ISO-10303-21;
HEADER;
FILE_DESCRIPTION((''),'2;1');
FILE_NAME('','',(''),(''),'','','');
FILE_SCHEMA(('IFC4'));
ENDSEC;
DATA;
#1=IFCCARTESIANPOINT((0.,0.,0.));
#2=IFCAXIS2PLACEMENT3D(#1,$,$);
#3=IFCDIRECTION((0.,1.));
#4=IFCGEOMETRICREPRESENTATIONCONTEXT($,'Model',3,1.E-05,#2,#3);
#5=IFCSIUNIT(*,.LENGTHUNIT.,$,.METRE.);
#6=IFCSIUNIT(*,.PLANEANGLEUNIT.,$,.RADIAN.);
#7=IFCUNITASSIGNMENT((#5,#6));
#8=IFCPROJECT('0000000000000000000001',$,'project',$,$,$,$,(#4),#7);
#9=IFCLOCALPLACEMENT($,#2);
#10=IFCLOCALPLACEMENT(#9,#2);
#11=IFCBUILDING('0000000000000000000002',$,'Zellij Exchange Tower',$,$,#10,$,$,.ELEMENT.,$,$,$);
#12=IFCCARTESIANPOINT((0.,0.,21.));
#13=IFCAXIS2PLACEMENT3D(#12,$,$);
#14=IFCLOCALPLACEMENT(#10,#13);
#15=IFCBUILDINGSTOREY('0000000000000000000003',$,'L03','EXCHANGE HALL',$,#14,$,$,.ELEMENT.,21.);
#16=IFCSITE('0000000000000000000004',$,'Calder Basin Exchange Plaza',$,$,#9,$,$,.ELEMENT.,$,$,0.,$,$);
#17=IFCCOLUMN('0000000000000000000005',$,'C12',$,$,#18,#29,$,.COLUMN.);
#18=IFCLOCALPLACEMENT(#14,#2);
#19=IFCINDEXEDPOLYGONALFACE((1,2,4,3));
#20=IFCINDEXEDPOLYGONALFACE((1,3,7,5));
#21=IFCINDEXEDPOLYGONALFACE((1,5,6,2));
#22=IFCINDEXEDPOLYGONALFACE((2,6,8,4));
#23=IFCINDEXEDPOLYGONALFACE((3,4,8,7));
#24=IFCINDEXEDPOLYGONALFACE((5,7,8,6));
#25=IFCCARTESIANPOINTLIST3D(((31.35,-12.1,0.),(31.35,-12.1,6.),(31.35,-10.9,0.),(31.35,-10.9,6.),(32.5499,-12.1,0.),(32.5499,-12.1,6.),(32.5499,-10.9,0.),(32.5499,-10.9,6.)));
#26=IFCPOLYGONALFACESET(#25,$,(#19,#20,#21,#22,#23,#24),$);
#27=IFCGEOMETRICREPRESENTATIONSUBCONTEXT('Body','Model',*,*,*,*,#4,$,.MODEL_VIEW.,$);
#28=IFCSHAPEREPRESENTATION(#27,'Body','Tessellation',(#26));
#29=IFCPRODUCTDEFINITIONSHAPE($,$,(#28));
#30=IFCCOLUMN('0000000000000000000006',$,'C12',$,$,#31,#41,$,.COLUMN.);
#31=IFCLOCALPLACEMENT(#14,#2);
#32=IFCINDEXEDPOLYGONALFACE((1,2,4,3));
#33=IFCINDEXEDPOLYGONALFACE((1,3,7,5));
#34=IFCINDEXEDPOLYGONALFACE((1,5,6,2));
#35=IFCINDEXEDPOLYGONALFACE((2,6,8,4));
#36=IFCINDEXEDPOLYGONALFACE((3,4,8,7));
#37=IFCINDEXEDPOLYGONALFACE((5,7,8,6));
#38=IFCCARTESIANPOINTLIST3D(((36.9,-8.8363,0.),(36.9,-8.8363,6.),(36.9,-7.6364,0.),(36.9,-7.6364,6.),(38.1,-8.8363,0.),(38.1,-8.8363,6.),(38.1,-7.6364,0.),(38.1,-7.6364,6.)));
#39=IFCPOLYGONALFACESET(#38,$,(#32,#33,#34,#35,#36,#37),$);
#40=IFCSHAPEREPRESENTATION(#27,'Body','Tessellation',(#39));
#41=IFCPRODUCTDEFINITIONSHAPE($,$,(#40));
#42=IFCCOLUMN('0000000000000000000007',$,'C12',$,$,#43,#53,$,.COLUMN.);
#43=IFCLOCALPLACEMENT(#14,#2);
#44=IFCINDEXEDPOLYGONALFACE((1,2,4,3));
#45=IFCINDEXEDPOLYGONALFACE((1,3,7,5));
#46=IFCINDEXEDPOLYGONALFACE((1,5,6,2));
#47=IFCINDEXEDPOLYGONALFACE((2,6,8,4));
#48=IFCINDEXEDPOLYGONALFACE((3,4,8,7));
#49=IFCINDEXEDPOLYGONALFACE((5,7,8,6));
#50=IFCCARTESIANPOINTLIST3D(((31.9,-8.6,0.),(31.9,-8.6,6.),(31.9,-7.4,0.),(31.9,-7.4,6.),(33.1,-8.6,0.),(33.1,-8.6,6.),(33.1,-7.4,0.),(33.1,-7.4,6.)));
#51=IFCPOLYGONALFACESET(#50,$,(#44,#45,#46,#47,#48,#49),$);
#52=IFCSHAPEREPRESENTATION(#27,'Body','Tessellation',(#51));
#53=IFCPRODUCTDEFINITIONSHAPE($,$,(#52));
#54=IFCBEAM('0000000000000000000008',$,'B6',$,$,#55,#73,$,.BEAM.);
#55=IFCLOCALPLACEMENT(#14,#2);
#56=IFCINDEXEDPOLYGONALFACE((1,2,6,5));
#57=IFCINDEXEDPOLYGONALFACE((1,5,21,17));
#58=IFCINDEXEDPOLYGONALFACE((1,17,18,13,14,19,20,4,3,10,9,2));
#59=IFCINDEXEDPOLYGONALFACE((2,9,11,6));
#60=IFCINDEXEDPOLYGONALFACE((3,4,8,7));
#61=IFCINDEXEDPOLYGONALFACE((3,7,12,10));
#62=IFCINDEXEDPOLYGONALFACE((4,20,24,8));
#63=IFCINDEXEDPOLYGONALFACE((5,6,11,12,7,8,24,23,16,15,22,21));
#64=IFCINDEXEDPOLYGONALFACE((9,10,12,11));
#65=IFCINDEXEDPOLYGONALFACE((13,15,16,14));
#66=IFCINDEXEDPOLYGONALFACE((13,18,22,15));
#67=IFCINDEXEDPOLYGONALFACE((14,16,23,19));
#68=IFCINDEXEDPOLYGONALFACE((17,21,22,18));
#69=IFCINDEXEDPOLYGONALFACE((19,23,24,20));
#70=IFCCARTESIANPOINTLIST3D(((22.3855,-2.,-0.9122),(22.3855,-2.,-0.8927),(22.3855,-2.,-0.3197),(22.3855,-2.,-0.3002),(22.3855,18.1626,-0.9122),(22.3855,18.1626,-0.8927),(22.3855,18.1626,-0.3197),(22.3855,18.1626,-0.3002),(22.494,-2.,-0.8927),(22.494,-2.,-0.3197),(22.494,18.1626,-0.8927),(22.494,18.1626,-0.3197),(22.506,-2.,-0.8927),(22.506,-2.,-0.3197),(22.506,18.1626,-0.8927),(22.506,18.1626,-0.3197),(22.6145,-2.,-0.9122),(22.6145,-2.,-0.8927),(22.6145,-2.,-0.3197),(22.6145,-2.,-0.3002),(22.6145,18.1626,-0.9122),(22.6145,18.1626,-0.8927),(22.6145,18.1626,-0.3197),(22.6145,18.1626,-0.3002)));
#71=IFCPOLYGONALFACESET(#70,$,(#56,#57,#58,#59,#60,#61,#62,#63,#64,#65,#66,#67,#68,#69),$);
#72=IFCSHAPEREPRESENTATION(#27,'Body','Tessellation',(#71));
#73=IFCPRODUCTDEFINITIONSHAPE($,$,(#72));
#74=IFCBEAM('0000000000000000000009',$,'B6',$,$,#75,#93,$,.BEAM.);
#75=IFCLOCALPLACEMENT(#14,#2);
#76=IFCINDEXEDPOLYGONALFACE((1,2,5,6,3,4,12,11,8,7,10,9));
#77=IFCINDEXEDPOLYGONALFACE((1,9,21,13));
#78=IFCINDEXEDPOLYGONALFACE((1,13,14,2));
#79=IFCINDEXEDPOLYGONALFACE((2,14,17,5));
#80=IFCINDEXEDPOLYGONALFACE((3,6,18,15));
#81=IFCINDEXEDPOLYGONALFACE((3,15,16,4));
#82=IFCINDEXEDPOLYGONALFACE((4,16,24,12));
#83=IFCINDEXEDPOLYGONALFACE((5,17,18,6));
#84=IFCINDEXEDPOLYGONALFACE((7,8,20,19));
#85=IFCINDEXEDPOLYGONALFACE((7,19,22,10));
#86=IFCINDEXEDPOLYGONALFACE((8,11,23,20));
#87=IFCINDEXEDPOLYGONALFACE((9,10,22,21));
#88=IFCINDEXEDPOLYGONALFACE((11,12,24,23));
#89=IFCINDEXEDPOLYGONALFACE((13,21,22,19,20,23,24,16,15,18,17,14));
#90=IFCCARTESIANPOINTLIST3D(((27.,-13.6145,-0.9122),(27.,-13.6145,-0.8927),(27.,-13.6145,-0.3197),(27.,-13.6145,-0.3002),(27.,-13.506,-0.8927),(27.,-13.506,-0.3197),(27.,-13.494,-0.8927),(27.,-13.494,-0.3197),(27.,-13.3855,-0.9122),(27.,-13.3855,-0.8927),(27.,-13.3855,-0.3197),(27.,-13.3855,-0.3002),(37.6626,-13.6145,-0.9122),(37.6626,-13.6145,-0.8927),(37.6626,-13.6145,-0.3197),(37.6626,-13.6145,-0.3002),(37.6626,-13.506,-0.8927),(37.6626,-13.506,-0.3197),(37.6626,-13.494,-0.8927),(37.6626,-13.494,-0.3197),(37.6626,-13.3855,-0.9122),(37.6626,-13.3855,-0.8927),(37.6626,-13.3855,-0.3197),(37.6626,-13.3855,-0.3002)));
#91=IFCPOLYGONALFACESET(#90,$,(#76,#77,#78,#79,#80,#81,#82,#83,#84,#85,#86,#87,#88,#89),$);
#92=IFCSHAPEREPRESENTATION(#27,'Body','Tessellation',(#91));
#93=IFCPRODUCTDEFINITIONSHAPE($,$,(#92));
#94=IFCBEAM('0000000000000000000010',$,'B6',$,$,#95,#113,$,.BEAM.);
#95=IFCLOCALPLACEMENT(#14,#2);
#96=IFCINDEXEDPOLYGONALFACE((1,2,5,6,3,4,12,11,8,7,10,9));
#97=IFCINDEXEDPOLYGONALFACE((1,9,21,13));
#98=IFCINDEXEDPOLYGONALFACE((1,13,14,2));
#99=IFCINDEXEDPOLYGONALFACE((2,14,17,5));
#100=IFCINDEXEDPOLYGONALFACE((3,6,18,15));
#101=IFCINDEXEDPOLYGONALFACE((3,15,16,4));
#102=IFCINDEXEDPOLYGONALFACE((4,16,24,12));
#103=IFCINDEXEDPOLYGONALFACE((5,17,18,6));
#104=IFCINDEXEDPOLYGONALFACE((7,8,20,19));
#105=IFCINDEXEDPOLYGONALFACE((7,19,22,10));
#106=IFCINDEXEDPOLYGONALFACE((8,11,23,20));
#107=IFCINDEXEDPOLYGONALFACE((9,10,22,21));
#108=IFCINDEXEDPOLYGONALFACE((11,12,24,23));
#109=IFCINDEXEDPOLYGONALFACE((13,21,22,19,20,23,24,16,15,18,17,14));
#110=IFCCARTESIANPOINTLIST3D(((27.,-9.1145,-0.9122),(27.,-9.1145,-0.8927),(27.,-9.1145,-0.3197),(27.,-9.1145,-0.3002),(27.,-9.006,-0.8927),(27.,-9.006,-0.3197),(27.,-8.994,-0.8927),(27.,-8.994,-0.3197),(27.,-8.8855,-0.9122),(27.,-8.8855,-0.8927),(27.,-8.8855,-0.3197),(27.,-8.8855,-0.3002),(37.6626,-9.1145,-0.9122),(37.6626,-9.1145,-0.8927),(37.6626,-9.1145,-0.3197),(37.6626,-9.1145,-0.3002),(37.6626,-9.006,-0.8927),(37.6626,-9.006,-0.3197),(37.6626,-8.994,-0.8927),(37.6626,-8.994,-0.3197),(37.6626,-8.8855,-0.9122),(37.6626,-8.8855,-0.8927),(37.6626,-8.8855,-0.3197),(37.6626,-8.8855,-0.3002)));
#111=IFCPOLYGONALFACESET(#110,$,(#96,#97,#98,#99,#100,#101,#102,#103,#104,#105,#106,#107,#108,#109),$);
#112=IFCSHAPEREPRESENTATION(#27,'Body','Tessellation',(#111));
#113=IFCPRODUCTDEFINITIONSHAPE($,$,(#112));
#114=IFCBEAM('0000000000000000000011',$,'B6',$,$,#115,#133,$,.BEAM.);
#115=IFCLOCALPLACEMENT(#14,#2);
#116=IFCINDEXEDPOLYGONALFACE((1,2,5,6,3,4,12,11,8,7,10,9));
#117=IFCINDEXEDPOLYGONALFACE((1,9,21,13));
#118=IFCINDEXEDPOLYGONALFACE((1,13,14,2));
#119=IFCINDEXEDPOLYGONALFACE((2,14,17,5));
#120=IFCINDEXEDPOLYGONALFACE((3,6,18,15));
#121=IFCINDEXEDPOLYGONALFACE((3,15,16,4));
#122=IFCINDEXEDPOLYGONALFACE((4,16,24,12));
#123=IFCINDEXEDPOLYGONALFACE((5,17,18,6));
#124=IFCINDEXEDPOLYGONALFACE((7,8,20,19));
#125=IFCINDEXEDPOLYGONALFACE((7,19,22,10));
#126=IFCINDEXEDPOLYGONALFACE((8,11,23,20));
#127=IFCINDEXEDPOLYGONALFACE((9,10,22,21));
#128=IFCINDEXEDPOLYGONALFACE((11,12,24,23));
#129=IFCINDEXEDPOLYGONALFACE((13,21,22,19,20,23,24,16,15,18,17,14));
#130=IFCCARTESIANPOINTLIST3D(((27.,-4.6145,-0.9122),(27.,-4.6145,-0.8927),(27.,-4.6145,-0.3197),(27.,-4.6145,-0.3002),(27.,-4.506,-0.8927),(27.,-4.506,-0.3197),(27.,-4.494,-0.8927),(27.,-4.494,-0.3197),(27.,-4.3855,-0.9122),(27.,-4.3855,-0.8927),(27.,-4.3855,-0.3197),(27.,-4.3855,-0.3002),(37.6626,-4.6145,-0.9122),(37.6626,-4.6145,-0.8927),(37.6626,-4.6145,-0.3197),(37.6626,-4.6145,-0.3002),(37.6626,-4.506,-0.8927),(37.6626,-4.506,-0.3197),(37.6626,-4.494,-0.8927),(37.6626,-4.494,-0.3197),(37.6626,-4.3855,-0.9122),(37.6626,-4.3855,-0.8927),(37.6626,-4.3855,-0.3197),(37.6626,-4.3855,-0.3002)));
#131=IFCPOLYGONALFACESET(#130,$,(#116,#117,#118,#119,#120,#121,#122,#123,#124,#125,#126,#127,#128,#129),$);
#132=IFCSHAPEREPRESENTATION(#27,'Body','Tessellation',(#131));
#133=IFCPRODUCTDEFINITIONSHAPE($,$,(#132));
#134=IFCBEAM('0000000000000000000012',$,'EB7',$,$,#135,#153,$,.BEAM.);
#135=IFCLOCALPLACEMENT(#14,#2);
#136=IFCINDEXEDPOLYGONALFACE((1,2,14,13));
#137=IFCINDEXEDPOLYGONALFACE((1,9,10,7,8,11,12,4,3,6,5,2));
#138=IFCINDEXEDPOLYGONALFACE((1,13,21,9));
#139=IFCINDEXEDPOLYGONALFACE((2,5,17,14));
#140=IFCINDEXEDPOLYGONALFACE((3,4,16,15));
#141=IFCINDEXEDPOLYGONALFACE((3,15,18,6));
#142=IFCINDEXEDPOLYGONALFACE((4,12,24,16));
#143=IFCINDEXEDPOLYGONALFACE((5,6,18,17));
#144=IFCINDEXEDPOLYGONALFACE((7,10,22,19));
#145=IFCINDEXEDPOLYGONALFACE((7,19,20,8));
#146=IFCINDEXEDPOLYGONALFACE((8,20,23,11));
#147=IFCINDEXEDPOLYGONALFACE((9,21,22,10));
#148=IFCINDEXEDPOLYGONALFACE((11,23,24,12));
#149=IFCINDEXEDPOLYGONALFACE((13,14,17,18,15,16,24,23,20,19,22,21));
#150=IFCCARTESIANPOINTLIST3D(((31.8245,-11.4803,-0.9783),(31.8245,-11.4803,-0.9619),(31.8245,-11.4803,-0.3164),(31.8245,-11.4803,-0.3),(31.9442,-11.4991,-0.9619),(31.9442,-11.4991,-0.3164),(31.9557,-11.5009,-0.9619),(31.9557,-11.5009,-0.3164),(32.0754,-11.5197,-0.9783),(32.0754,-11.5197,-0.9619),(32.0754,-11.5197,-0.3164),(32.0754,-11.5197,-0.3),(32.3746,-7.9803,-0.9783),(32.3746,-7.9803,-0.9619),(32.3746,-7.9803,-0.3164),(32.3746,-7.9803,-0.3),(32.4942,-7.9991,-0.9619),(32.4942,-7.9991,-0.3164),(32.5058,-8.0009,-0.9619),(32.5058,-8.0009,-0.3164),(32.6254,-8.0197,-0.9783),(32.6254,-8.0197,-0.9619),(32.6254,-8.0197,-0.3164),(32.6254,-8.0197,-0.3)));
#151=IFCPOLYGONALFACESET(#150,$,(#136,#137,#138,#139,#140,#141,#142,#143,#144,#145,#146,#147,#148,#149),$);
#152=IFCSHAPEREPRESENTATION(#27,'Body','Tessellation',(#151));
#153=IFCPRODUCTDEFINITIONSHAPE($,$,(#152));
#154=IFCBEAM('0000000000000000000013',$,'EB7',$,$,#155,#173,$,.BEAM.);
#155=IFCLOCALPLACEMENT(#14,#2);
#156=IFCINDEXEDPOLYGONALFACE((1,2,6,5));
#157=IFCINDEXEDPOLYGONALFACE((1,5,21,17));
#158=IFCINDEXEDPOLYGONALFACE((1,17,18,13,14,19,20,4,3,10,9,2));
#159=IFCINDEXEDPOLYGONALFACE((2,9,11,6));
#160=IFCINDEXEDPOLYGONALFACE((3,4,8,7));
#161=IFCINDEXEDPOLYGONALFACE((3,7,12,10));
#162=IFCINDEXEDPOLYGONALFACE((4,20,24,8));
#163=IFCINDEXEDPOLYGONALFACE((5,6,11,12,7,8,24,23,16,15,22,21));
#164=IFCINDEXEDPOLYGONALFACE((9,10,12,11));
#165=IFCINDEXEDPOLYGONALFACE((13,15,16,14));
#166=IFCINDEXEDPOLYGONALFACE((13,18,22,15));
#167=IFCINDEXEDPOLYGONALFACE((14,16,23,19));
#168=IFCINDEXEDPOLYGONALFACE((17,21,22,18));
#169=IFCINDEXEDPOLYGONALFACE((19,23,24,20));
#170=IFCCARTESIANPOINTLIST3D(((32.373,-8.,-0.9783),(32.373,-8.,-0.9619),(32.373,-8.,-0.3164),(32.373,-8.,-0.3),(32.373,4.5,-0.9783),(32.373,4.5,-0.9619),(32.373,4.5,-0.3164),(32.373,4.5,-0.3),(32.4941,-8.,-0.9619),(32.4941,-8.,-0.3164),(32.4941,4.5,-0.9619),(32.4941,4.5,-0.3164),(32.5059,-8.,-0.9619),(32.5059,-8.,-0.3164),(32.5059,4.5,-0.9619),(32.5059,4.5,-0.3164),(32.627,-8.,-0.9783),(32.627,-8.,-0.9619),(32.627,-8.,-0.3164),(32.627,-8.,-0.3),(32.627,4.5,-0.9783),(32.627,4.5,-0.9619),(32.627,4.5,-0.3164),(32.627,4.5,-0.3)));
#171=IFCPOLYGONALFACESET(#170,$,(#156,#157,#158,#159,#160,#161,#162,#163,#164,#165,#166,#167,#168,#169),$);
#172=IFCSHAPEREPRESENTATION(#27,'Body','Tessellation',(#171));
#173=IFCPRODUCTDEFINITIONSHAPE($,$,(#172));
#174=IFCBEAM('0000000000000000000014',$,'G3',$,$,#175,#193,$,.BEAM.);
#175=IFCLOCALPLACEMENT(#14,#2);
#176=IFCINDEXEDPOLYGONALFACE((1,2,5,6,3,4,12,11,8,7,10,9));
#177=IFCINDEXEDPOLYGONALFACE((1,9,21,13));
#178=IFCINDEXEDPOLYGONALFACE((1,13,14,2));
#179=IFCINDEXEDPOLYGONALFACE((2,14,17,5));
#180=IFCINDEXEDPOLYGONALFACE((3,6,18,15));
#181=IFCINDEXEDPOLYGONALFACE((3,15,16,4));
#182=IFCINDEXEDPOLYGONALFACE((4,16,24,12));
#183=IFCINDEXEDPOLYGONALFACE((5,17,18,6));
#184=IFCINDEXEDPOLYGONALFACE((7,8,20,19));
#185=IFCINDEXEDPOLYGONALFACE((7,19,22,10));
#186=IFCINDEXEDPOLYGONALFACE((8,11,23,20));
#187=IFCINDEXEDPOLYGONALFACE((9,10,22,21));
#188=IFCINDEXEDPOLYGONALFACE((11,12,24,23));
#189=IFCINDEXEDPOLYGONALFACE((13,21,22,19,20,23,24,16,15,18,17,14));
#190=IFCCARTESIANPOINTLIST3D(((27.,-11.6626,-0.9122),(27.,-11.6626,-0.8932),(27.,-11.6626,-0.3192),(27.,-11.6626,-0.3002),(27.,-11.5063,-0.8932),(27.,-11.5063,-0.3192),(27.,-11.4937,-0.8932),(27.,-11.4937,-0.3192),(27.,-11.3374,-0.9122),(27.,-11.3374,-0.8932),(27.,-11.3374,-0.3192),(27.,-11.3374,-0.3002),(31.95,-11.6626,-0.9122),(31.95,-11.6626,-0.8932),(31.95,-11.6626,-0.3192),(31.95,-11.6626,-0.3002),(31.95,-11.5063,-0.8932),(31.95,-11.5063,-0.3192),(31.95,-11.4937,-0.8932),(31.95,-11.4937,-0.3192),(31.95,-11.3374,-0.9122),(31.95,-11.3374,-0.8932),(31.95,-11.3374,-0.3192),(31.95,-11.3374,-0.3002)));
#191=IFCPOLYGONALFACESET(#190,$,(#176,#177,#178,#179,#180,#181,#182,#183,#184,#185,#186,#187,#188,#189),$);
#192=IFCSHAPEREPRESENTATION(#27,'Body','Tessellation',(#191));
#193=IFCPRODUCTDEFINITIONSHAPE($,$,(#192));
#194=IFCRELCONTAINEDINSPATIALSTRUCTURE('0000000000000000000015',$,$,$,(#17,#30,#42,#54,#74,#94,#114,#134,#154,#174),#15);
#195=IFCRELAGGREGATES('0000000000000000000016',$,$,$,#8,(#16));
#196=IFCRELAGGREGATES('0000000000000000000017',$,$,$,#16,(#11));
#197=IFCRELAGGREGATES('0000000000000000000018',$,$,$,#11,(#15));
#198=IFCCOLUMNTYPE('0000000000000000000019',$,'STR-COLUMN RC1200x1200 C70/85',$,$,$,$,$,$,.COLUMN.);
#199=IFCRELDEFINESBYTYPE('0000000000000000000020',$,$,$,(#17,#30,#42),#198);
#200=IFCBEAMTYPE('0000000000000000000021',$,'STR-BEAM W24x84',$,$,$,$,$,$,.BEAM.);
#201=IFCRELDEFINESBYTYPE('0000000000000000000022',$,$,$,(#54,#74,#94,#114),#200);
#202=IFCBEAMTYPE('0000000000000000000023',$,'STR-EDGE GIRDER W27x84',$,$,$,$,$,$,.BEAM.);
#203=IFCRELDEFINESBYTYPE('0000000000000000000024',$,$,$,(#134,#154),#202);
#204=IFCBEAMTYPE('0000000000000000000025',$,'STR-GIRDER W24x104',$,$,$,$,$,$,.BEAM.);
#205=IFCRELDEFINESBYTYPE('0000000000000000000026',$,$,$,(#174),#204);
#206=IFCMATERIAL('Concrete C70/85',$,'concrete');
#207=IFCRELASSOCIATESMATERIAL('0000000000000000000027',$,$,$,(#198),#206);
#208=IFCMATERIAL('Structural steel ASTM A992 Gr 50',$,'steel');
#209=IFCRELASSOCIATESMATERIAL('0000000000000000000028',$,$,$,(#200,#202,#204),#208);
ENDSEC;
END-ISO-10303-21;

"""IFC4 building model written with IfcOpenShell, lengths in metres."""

from ifc_helpers import new_model, si_unit, direction, frame, origin, origin_2d, place, context, subcontext, project, spatial, rectangle, i_section, extrude, material, material_profile, profile_set, type_object, element, save


model = new_model("IFC4")

# Units and contexts
model_context = context("Model", 3, precision=1e-05, world=origin(), true_north=direction((0.0, 1.0)))
body_context = subcontext(model_context, "Body", "Model", "MODEL_VIEW")
ifc_project = project(units=[si_unit("LENGTHUNIT", "METRE"), si_unit("PLANEANGLEUNIT", "RADIAN")], contexts=[model_context])

# Site, building, storey
site_placement = place(None, origin())
site = spatial("IfcSite", under=ifc_project, at=site_placement, Name="Calder Basin Exchange Plaza", CompositionType="ELEMENT", RefElevation=0.0)
building_placement = place(site_placement, origin())
building = spatial("IfcBuilding", under=site, at=building_placement, Name="Zellij Exchange Tower", CompositionType="ELEMENT")
storey_placement = place(building_placement, frame((0.0, 0.0, 21.0)))
storey = spatial("IfcBuildingStorey", under=building, at=storey_placement, Name="L03", Description="EXCHANGE HALL", CompositionType="ELEMENT", Elevation=21.0)

# Columns
ifc_material_1 = material(Name="Concrete C70/85", Category="concrete")
ifc_material_profile_1 = material_profile(ifc_material_1, rectangle(XDim=1.2, YDim=1.2, at=origin_2d()), Name="STR-COLUMN RC1200x1200 C70/85")
ifc_profile_set_1 = profile_set([ifc_material_profile_1], Name="Concrete C70/85")
column_type = type_object("IfcColumnType", Name="STR-COLUMN RC1200x1200 C70/85", PredefinedType="COLUMN", material=ifc_profile_set_1)
for number, where, z_axis, x_axis, name in (
    (1, (31.95, -11.5, 0.0), (0.0, 0.0, 1.0), (1.0, 0.0, 0.0), "C12"),
    (2, (37.5, -8.2363, 0.0), (0.0, 0.0, 1.0), (1.0, 0.0, 0.0), "C12"),
    (3, (32.5, -8.0, 0.0), (0.0, 0.0, 1.0), (1.0, 0.0, 0.0), "C12"),
):
    element("IfcColumn", number, at=place(storey_placement, frame(where, z_axis=z_axis, x_axis=x_axis)), inside=storey, type_object=column_type, Name=name, PredefinedType="COLUMN", context=body_context, shape_type="SweptSolid", body=[
        extrude(rectangle(XDim=1.2, YDim=1.2, at=origin_2d()), origin(), (0.0, 0.0, 1.0), 6.0),
    ])

# Beams
ifc_material_2 = material(Name="Structural steel ASTM A992 Gr 50", Category="steel")
ifc_material_profile_2 = material_profile(ifc_material_2, i_section(OverallWidth=0.229, OverallDepth=0.6121, WebThickness=0.012, FlangeThickness=0.0195, at=origin_2d()), Name="W24x84")
ifc_profile_set_2 = profile_set([ifc_material_profile_2], Name="Structural steel ASTM A992 Gr 50")
beam_type_1 = type_object("IfcBeamType", Name="STR-BEAM W24x84", PredefinedType="BEAM", material=ifc_profile_set_2)
beam_1_placement = place(storey_placement, frame((22.5, -2.0, -0.6062), z_axis=(0.0, 1.0, 0.0), x_axis=(-1.0, 0.0, 0.0)))
element("IfcBeam", 4, at=beam_1_placement, inside=storey, type_object=beam_type_1, Name="B6", PredefinedType="BEAM", context=body_context, shape_type="SweptSolid", body=[
    extrude(i_section(OverallWidth=0.229, OverallDepth=0.6121, WebThickness=0.012, FlangeThickness=0.0195, at=origin_2d()), origin(), (0.0, 0.0, 1.0), 20.1626),
])
for number, where, z_axis, x_axis, name in (
    (5, (27.0, -13.5, -0.6062), (1.0, 0.0, 0.0), (0.0, 1.0, 0.0), "B6"),
    (6, (27.0, -9.0, -0.6062), (1.0, 0.0, 0.0), (0.0, 1.0, 0.0), "B6"),
    (7, (27.0, -4.5, -0.6062), (1.0, 0.0, 0.0), (0.0, 1.0, 0.0), "B6"),
):
    element("IfcBeam", number, at=place(storey_placement, frame(where, z_axis=z_axis, x_axis=x_axis)), inside=storey, type_object=beam_type_1, Name=name, PredefinedType="BEAM", context=body_context, shape_type="SweptSolid", body=[
        extrude(i_section(OverallWidth=0.229, OverallDepth=0.6121, WebThickness=0.012, FlangeThickness=0.0195, at=origin_2d()), origin(), (0.0, 0.0, 1.0), 10.6626),
    ])
ifc_material_profile_3 = material_profile(ifc_material_2, i_section(OverallWidth=0.2539, OverallDepth=0.6782, WebThickness=0.0117, FlangeThickness=0.0164, at=origin_2d()), Name="W27x84")
ifc_profile_set_3 = profile_set([ifc_material_profile_3], Name="Structural steel ASTM A992 Gr 50")
beam_type_2 = type_object("IfcBeamType", Name="STR-EDGE GIRDER W27x84", PredefinedType="BEAM", material=ifc_profile_set_3)
beam_2_placement = place(storey_placement, frame((31.95, -11.5, -0.6392), z_axis=(0.155251, 0.987875, 0.0), x_axis=(-0.987875, 0.155251, 0.0)))
element("IfcBeam", 8, at=beam_2_placement, inside=storey, type_object=beam_type_2, Name="EB7", PredefinedType="BEAM", context=body_context, shape_type="SweptSolid", body=[
    extrude(i_section(OverallWidth=0.2539, OverallDepth=0.6782, WebThickness=0.0117, FlangeThickness=0.0164, at=origin_2d()), origin(), (0.0, 0.0, 1.0), 3.543),
])
beam_3_placement = place(storey_placement, frame((32.5, -8.0, -0.6392), z_axis=(0.0, 1.0, 0.0), x_axis=(-1.0, 0.0, 0.0)))
element("IfcBeam", 9, at=beam_3_placement, inside=storey, type_object=beam_type_2, Name="EB7", PredefinedType="BEAM", context=body_context, shape_type="SweptSolid", body=[
    extrude(i_section(OverallWidth=0.2539, OverallDepth=0.6782, WebThickness=0.0117, FlangeThickness=0.0164, at=origin_2d()), origin(), (0.0, 0.0, 1.0), 12.5),
])
ifc_material_profile_4 = material_profile(ifc_material_2, i_section(OverallWidth=0.3252, OverallDepth=0.6121, WebThickness=0.0127, FlangeThickness=0.019, at=origin_2d()), Name="W24x104")
ifc_profile_set_4 = profile_set([ifc_material_profile_4], Name="Structural steel ASTM A992 Gr 50")
beam_type_3 = type_object("IfcBeamType", Name="STR-GIRDER W24x104", PredefinedType="BEAM", material=ifc_profile_set_4)
beam_4_placement = place(storey_placement, frame((27.0, -11.5, -0.6062), z_axis=(1.0, 0.0, 0.0), x_axis=(0.0, 1.0, 0.0)))
element("IfcBeam", 10, at=beam_4_placement, inside=storey, type_object=beam_type_3, Name="G3", PredefinedType="BEAM", context=body_context, shape_type="SweptSolid", body=[
    extrude(i_section(OverallWidth=0.3252, OverallDepth=0.6121, WebThickness=0.0127, FlangeThickness=0.019, at=origin_2d()), origin(), (0.0, 0.0, 1.0), 4.95),
])

save(model, "model.ifc")
